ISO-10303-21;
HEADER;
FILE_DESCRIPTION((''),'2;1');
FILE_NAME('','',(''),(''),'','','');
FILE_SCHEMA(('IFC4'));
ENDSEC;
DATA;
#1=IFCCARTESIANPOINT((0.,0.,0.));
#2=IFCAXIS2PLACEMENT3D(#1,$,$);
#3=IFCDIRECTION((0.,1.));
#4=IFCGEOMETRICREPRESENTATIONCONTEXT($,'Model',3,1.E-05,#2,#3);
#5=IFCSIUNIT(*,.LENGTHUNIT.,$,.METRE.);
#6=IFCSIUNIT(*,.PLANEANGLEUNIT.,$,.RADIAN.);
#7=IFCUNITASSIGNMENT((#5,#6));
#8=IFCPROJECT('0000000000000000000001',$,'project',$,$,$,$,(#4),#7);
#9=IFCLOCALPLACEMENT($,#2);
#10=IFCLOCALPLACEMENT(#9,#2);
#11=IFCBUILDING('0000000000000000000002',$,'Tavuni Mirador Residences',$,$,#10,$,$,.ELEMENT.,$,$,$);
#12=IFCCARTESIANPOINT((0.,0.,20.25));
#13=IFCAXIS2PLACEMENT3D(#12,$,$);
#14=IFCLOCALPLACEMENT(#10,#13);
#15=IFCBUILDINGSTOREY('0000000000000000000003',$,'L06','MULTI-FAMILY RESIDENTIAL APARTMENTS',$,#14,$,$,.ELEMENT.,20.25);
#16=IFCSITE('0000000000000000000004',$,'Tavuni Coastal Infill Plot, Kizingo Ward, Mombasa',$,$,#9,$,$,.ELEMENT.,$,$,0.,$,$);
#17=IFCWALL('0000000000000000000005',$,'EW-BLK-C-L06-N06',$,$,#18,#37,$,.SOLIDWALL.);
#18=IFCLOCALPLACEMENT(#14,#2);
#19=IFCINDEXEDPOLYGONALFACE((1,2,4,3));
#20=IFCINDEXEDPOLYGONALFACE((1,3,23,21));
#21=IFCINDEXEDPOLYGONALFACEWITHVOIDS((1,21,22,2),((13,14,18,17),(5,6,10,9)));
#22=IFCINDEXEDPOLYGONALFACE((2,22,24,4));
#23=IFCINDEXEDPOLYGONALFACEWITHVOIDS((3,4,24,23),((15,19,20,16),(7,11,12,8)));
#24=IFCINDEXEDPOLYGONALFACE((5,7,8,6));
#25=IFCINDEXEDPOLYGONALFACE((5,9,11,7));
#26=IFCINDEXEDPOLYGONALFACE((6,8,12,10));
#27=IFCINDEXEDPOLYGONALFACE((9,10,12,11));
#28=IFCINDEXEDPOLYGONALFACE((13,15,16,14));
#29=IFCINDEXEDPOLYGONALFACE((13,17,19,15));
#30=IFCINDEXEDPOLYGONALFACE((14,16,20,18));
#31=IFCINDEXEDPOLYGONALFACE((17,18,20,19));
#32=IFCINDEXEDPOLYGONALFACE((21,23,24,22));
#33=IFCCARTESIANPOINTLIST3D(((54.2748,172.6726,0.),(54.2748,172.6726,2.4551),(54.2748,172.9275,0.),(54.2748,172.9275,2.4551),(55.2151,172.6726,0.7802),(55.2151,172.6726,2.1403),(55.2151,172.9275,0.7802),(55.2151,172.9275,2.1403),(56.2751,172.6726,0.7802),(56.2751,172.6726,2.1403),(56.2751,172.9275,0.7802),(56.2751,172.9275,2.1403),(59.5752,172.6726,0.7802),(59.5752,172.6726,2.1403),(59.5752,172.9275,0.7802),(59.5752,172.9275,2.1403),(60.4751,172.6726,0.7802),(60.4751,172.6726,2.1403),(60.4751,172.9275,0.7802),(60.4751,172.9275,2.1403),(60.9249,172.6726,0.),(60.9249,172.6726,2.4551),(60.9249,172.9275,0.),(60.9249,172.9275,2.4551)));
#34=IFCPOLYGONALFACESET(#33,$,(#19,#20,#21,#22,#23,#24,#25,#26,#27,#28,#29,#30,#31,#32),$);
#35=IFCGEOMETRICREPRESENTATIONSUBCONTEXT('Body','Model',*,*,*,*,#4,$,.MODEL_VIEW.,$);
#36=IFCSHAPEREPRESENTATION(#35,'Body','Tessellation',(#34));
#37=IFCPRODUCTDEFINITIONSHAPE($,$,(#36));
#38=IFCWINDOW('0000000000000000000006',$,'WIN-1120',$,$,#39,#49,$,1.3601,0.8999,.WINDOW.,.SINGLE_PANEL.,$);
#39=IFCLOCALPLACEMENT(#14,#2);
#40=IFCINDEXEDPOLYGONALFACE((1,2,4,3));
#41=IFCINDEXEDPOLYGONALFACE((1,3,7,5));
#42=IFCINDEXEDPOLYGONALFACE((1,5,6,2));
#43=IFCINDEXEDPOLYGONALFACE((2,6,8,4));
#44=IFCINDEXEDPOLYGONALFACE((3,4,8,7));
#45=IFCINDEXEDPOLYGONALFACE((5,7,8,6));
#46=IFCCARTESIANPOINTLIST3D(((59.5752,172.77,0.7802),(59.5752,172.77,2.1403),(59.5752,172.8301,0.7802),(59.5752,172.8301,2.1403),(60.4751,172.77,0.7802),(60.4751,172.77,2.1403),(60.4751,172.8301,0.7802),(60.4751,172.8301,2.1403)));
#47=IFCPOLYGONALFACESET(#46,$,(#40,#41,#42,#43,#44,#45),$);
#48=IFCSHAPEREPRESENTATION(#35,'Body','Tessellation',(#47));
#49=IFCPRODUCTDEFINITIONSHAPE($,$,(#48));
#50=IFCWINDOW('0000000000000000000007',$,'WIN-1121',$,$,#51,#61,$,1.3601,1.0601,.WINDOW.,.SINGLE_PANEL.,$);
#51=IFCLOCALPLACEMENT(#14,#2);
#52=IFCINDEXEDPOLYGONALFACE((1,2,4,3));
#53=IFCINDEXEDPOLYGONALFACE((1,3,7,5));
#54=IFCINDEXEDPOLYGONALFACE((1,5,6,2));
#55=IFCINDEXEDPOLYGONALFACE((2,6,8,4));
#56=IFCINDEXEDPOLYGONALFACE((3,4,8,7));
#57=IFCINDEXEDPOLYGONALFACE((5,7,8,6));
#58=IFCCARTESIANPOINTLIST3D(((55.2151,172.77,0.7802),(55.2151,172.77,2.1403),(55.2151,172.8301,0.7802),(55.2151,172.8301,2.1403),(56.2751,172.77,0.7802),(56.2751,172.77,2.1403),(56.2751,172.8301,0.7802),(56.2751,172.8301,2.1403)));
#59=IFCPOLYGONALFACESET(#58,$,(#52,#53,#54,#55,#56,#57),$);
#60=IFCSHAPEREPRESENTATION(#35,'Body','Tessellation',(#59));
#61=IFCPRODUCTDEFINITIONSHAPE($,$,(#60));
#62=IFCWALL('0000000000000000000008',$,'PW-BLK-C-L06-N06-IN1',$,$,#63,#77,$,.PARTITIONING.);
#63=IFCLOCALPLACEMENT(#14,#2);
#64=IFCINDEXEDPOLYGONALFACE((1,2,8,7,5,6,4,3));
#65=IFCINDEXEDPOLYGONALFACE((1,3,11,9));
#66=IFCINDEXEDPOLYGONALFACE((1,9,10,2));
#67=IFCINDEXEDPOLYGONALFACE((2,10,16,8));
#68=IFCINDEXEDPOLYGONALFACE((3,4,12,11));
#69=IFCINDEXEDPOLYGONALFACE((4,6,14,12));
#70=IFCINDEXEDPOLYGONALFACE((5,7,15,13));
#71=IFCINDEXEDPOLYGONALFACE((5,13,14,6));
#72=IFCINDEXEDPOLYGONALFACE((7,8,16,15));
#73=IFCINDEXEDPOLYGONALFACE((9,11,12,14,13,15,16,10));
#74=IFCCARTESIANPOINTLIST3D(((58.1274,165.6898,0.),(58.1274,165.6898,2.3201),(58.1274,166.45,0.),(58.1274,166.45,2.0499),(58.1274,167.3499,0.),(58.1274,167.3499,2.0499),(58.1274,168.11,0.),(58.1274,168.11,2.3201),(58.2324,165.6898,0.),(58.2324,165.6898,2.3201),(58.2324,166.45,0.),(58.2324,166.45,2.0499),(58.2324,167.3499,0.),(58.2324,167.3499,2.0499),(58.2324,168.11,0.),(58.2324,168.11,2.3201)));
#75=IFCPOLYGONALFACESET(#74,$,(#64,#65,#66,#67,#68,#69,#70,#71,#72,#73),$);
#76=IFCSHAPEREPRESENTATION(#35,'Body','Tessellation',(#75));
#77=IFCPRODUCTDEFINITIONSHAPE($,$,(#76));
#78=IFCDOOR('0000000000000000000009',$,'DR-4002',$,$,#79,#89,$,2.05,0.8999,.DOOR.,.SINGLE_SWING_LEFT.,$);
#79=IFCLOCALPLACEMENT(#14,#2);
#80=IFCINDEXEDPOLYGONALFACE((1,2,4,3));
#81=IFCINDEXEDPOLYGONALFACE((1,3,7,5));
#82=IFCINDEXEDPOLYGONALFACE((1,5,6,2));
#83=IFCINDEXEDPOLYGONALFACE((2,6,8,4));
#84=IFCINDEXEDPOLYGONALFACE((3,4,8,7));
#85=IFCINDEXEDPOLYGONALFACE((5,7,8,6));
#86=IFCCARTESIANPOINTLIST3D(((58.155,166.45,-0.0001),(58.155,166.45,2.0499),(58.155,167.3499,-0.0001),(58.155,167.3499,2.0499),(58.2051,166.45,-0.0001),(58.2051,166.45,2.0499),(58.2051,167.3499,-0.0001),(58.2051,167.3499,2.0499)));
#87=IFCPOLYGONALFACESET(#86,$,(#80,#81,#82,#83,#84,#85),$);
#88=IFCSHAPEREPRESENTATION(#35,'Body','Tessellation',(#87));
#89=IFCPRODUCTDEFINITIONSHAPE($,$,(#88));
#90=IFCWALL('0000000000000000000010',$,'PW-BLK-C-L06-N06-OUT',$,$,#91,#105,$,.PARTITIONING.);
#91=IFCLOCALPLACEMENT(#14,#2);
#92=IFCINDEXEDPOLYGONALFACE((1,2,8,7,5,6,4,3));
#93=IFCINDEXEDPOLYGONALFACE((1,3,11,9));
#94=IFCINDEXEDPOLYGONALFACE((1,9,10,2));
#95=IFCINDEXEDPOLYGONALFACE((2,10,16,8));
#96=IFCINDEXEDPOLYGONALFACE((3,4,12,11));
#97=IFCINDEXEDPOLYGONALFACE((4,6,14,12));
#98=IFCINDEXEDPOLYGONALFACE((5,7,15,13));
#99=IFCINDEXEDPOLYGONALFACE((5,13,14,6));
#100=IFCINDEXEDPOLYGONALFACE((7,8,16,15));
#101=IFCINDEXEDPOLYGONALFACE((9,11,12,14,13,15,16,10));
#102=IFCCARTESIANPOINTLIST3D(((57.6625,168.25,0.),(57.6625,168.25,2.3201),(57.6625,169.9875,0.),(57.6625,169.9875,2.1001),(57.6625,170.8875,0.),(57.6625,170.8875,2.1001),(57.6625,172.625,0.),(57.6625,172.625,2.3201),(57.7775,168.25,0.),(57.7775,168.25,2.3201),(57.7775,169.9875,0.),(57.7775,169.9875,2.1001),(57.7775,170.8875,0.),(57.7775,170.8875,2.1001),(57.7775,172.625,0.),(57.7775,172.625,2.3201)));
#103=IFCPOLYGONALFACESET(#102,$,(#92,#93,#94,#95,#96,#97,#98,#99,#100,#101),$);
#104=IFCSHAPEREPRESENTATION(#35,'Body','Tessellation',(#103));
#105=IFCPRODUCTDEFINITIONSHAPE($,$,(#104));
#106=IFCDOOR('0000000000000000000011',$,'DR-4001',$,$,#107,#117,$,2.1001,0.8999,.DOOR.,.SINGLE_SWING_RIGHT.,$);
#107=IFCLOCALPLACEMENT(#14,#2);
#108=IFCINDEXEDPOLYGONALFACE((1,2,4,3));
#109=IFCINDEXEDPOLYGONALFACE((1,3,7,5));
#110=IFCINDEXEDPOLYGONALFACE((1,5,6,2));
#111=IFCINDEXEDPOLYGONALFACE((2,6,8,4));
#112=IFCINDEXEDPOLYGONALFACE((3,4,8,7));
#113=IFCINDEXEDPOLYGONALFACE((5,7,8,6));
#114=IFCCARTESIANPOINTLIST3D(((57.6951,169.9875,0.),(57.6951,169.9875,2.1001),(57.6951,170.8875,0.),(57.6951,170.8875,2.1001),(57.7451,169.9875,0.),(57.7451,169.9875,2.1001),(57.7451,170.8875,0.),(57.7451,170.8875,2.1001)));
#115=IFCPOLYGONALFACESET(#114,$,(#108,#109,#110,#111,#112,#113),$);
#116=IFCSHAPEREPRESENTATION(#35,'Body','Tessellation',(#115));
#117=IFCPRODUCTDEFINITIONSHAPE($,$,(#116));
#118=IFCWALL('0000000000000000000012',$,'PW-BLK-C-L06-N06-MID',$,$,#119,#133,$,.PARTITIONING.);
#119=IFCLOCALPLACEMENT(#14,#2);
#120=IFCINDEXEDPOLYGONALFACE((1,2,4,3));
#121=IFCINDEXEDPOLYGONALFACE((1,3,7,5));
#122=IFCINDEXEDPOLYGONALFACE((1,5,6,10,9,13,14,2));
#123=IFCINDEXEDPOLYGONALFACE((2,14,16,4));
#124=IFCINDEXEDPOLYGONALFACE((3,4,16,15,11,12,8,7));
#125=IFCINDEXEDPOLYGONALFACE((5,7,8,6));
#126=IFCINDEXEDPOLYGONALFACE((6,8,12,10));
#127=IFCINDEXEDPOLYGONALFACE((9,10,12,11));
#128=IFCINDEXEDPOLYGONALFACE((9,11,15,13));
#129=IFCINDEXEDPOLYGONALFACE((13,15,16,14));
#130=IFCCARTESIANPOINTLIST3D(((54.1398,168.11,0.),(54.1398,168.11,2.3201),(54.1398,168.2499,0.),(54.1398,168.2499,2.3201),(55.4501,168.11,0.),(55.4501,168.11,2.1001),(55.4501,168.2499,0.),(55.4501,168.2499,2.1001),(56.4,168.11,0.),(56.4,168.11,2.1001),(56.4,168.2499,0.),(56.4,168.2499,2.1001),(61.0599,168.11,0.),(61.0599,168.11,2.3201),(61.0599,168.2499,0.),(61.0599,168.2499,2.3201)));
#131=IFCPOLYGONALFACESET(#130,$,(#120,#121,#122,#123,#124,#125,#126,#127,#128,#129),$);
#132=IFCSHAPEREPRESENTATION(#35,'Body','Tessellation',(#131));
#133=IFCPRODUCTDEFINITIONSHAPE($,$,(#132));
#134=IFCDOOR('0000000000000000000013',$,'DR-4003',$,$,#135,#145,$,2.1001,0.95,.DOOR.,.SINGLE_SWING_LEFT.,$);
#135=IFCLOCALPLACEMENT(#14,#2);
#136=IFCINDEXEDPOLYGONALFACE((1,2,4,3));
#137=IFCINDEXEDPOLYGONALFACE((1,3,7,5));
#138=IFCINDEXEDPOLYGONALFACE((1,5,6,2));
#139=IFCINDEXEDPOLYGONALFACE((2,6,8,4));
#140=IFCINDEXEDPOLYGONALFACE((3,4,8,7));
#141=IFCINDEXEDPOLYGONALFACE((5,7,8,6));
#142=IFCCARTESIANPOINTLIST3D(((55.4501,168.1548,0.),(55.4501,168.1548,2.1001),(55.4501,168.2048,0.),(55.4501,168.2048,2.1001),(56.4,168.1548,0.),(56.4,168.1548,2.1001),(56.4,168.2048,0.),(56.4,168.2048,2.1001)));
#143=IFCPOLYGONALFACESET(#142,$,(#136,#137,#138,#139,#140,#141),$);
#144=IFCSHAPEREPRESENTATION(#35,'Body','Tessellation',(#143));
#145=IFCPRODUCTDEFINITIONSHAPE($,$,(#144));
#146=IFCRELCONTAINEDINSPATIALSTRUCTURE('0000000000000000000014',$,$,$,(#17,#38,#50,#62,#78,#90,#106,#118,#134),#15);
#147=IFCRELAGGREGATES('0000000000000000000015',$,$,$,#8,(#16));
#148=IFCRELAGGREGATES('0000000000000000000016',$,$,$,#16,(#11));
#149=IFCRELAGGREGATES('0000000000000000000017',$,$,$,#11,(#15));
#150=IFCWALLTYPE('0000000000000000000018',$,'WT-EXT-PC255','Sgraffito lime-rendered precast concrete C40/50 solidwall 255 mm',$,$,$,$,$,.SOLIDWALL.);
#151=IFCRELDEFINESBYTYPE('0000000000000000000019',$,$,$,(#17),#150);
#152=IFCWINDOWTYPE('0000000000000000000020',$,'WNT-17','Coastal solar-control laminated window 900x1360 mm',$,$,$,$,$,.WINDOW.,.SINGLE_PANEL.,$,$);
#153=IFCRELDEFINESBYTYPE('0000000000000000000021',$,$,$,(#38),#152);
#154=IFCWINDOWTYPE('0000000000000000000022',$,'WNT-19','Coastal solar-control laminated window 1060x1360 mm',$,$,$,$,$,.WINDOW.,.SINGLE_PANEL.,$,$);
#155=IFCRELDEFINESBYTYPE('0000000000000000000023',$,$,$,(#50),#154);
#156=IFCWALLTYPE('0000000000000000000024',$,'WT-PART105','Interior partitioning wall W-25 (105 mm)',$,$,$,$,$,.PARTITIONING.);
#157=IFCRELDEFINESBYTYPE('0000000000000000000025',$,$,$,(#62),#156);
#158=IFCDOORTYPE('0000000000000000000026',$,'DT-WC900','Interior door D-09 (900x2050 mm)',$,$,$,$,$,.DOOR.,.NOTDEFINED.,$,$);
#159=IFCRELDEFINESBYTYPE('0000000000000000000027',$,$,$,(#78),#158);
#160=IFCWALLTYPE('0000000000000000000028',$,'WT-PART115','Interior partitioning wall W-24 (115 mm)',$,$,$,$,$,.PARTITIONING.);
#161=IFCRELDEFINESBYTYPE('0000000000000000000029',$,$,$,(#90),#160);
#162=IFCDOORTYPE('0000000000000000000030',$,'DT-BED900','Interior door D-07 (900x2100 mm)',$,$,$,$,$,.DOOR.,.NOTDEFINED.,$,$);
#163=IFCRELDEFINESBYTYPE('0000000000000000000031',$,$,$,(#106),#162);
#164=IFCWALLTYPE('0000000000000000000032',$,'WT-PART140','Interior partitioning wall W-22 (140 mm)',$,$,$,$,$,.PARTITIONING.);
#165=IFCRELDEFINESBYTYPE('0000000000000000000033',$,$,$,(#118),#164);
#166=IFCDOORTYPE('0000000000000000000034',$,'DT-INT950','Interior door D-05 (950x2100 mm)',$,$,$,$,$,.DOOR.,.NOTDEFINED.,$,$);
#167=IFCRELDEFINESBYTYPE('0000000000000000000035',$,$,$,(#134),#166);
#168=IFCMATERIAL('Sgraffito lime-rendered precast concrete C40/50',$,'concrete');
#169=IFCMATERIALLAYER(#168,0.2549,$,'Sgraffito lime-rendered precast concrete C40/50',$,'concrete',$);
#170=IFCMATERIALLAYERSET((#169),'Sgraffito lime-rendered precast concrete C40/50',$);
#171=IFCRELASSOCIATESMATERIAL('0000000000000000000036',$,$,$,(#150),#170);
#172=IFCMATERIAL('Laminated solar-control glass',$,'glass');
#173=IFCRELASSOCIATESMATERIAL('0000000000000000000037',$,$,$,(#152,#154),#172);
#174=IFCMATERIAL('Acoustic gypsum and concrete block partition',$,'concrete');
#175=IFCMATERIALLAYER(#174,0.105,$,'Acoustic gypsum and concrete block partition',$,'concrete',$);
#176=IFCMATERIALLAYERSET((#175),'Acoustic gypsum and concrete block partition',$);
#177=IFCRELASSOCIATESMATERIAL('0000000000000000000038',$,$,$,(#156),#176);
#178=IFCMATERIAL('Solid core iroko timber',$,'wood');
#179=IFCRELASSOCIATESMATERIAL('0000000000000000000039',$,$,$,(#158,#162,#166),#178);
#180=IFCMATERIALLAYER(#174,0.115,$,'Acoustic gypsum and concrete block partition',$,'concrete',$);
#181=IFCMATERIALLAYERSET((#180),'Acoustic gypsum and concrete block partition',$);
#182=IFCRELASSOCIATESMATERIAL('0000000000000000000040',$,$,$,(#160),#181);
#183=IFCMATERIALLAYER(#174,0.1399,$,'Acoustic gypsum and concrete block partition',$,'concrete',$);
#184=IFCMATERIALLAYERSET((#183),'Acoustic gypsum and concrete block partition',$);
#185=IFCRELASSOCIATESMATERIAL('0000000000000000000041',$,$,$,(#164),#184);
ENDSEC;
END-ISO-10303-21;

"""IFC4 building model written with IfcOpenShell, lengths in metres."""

from ifc_helpers import new_model, si_unit, direction, frame, frame_2d, origin, place, context, subcontext, project, spatial, rectangle, extrude, material, layer, layer_set, type_object, element, fill, save


model = new_model("IFC4")

# Units and contexts
model_context = context("Model", 3, precision=1e-05, world=origin(), true_north=direction((0.0, 1.0)))
body_context = subcontext(model_context, "Body", "Model", "MODEL_VIEW")
ifc_project = project(units=[si_unit("LENGTHUNIT", "METRE"), si_unit("PLANEANGLEUNIT", "RADIAN")], contexts=[model_context])

# Site, building, storey
site_placement = place(None, origin())
site = spatial("IfcSite", under=ifc_project, at=site_placement, Name="Tavuni Coastal Infill Plot, Kizingo Ward, Mombasa", CompositionType="ELEMENT", RefElevation=0.0)
building_placement = place(site_placement, origin())
building = spatial("IfcBuilding", under=site, at=building_placement, Name="Tavuni Mirador Residences", CompositionType="ELEMENT")
storey_placement = place(building_placement, frame((0.0, 0.0, 20.25)))
storey = spatial("IfcBuildingStorey", under=building, at=storey_placement, Name="L06", Description="MULTI-FAMILY RESIDENTIAL APARTMENTS", CompositionType="ELEMENT", Elevation=20.25)

# Shared definitions
ifc_material_1 = material(Name="Solid core iroko timber", Category="wood")

# Wall, openings, windows
ifc_material_2 = material(Name="Sgraffito lime-rendered precast concrete C40/50", Category="concrete")
ifc_layer_1 = layer(ifc_material_2, 0.2549, Name="Sgraffito lime-rendered precast concrete C40/50", Category="concrete")
ifc_layer_set_1 = layer_set([ifc_layer_1], Name="Sgraffito lime-rendered precast concrete C40/50")
wall_type_1 = type_object("IfcWallType", Name="WT-EXT-PC255", Description="Sgraffito lime-rendered precast concrete C40/50 solidwall 255 mm", PredefinedType="SOLIDWALL", material=ifc_layer_set_1)
wall_1_placement = place(storey_placement, frame((60.925, 172.8, 0.0), z_axis=(0.0, 0.0, 1.0), x_axis=(-1.0, 0.0, 0.0)))
wall_1 = element("IfcWall", 1, at=wall_1_placement, inside=storey, type_object=wall_type_1, Name="EW-BLK-C-L06-N06", PredefinedType="SOLIDWALL", context=body_context, shape_type="SweptSolid", body=[
    extrude(rectangle(XDim=6.6501, YDim=0.2549, at=frame_2d((3.3252, 0.0))), origin(), (0.0, 0.0, 1.0), 2.4551),
])
opening_1_placement = place(wall_1_placement, frame((0.45, 0.0, 0.78)))
opening_1 = element("IfcOpeningElement", 2, at=opening_1_placement, cuts=wall_1, PredefinedType="OPENING", context=body_context, shape_type="SweptSolid", body=[
    extrude(rectangle(XDim=0.8999, YDim=1.3601, at=frame_2d((0.45, 0.6802))), frame((0.0, 0.1375, 0.0), z_axis=(0.0, -1.0, 0.0), x_axis=(1.0, 0.0, 0.0)), (0.0, 0.0, 1.0), 0.2749),
])
opening_2_placement = place(wall_1_placement, frame((4.6499, 0.0, 0.78)))
opening_2 = element("IfcOpeningElement", 3, at=opening_2_placement, cuts=wall_1, PredefinedType="OPENING", context=body_context, shape_type="SweptSolid", body=[
    extrude(rectangle(XDim=1.0601, YDim=1.3601, at=frame_2d((0.53, 0.6802))), frame((0.0, 0.1375, 0.0), z_axis=(0.0, -1.0, 0.0), x_axis=(1.0, 0.0, 0.0)), (0.0, 0.0, 1.0), 0.2749),
])
ifc_material_3 = material(Name="Laminated solar-control glass", Category="glass")
window_type_1 = type_object("IfcWindowType", Name="WNT-17", Description="Coastal solar-control laminated window 900x1360 mm", PartitioningType="SINGLE_PANEL", PredefinedType="WINDOW", material=ifc_material_3)
window_1_placement = place(opening_1_placement, origin())
window_1 = element("IfcWindow", 4, at=window_1_placement, inside=storey, type_object=window_type_1, Name="WIN-1120", OverallHeight=1.3601, OverallWidth=0.8999, PartitioningType="SINGLE_PANEL", PredefinedType="WINDOW", context=body_context, shape_type="SweptSolid", body=[
    extrude(rectangle(XDim=0.8999, YDim=1.3601, at=frame_2d((0.45, 0.6802))), frame((0.0, 0.03, 0.0), z_axis=(0.0, -1.0, 0.0), x_axis=(1.0, 0.0, 0.0)), (0.0, 0.0, 1.0), 0.0601),
])
fill(opening_1, window_1)
window_type_2 = type_object("IfcWindowType", Name="WNT-19", Description="Coastal solar-control laminated window 1060x1360 mm", PartitioningType="SINGLE_PANEL", PredefinedType="WINDOW", material=ifc_material_3)
window_2_placement = place(opening_2_placement, origin())
window_2 = element("IfcWindow", 5, at=window_2_placement, inside=storey, type_object=window_type_2, Name="WIN-1121", OverallHeight=1.3601, OverallWidth=1.0601, PartitioningType="SINGLE_PANEL", PredefinedType="WINDOW", context=body_context, shape_type="SweptSolid", body=[
    extrude(rectangle(XDim=1.0601, YDim=1.3601, at=frame_2d((0.53, 0.6802))), frame((0.0, 0.03, 0.0), z_axis=(0.0, -1.0, 0.0), x_axis=(1.0, 0.0, 0.0)), (0.0, 0.0, 1.0), 0.0601),
])
fill(opening_2, window_2)

# Walls, openings, doors
ifc_material_4 = material(Name="Acoustic gypsum and concrete block partition", Category="concrete")
ifc_layer_2 = layer(ifc_material_4, 0.105, Name="Acoustic gypsum and concrete block partition", Category="concrete")
ifc_layer_set_2 = layer_set([ifc_layer_2], Name="Acoustic gypsum and concrete block partition")
wall_type_2 = type_object("IfcWallType", Name="WT-PART105", Description="Interior partitioning wall W-25 (105 mm)", PredefinedType="PARTITIONING", material=ifc_layer_set_2)
wall_2_placement = place(storey_placement, frame((58.1799, 165.6899, 0.0), z_axis=(0.0, 0.0, 1.0), x_axis=(0.0, 1.0, 0.0)))
wall_2 = element("IfcWall", 6, at=wall_2_placement, inside=storey, type_object=wall_type_2, Name="PW-BLK-C-L06-N06-IN1", PredefinedType="PARTITIONING", context=body_context, shape_type="SweptSolid", body=[
    extrude(rectangle(XDim=2.4202, YDim=0.105, at=frame_2d((1.21, 0.0))), origin(), (0.0, 0.0, 1.0), 2.3201),
])
opening_3_placement = place(wall_2_placement, frame((0.76, 0.0, 0.0)))
opening_3 = element("IfcOpeningElement", 7, at=opening_3_placement, cuts=wall_2, PredefinedType="OPENING", context=body_context, shape_type="SweptSolid", body=[
    extrude(rectangle(XDim=0.8999, YDim=2.05, at=frame_2d((0.45, 1.0249))), frame((0.0, 0.0625, 0.0), z_axis=(0.0, -1.0, 0.0), x_axis=(1.0, 0.0, 0.0)), (0.0, 0.0, 1.0), 0.125),
])
door_type_1 = type_object("IfcDoorType", Name="DT-WC900", Description="Interior door D-09 (900x2050 mm)", OperationType="NOTDEFINED", PredefinedType="DOOR", material=ifc_material_1)
door_1_placement = place(opening_3_placement, origin())
door_1 = element("IfcDoor", 8, at=door_1_placement, inside=storey, type_object=door_type_1, Name="DR-4002", OperationType="SINGLE_SWING_LEFT", OverallHeight=2.05, OverallWidth=0.8999, PredefinedType="DOOR", context=body_context, shape_type="SweptSolid", body=[
    extrude(rectangle(XDim=0.8999, YDim=2.05, at=frame_2d((0.45, 1.0249))), frame((0.0, 0.0249, 0.0), z_axis=(0.0, -1.0, 0.0), x_axis=(1.0, 0.0, 0.0)), (0.0, 0.0, 1.0), 0.05),
])
fill(opening_3, door_1)
ifc_layer_3 = layer(ifc_material_4, 0.115, Name="Acoustic gypsum and concrete block partition", Category="concrete")
ifc_layer_set_3 = layer_set([ifc_layer_3], Name="Acoustic gypsum and concrete block partition")
wall_type_3 = type_object("IfcWallType", Name="WT-PART115", Description="Interior partitioning wall W-24 (115 mm)", PredefinedType="PARTITIONING", material=ifc_layer_set_3)
wall_3_placement = place(storey_placement, frame((57.72, 168.25, 0.0), z_axis=(0.0, 0.0, 1.0), x_axis=(0.0, 1.0, 0.0)))
wall_3 = element("IfcWall", 9, at=wall_3_placement, inside=storey, type_object=wall_type_3, Name="PW-BLK-C-L06-N06-OUT", PredefinedType="PARTITIONING", context=body_context, shape_type="SweptSolid", body=[
    extrude(rectangle(XDim=4.375, YDim=0.115, at=frame_2d((2.1875, 0.0))), origin(), (0.0, 0.0, 1.0), 2.3201),
])
opening_4_placement = place(wall_3_placement, frame((1.7375, 0.0, 0.0)))
opening_4 = element("IfcOpeningElement", 10, at=opening_4_placement, cuts=wall_3, PredefinedType="OPENING", context=body_context, shape_type="SweptSolid", body=[
    extrude(rectangle(XDim=0.8999, YDim=2.1001, at=frame_2d((0.45, 1.05))), frame((0.0, 0.0674, 0.0), z_axis=(0.0, -1.0, 0.0), x_axis=(1.0, 0.0, 0.0)), (0.0, 0.0, 1.0), 0.135),
])
door_type_2 = type_object("IfcDoorType", Name="DT-BED900", Description="Interior door D-07 (900x2100 mm)", OperationType="NOTDEFINED", PredefinedType="DOOR", material=ifc_material_1)
door_2_placement = place(opening_4_placement, origin())
door_2 = element("IfcDoor", 11, at=door_2_placement, inside=storey, type_object=door_type_2, Name="DR-4001", OperationType="SINGLE_SWING_RIGHT", OverallHeight=2.1001, OverallWidth=0.8999, PredefinedType="DOOR", context=body_context, shape_type="SweptSolid", body=[
    extrude(rectangle(XDim=0.8999, YDim=2.1001, at=frame_2d((0.45, 1.05))), frame((0.0, 0.0249, 0.0), z_axis=(0.0, -1.0, 0.0), x_axis=(1.0, 0.0, 0.0)), (0.0, 0.0, 1.0), 0.05),
])
fill(opening_4, door_2)
ifc_layer_4 = layer(ifc_material_4, 0.1399, Name="Acoustic gypsum and concrete block partition", Category="concrete")
ifc_layer_set_4 = layer_set([ifc_layer_4], Name="Acoustic gypsum and concrete block partition")
wall_type_4 = type_object("IfcWallType", Name="WT-PART140", Description="Interior partitioning wall W-22 (140 mm)", PredefinedType="PARTITIONING", material=ifc_layer_set_4)
wall_4_placement = place(storey_placement, frame((54.1399, 168.1799, 0.0), z_axis=(0.0, 0.0, 1.0), x_axis=(1.0, 0.0, 0.0)))
wall_4 = element("IfcWall", 12, at=wall_4_placement, inside=storey, type_object=wall_type_4, Name="PW-BLK-C-L06-N06-MID", PredefinedType="PARTITIONING", context=body_context, shape_type="SweptSolid", body=[
    extrude(rectangle(XDim=6.9202, YDim=0.1399, at=frame_2d((3.46, 0.0))), origin(), (0.0, 0.0, 1.0), 2.3201),
])
opening_5_placement = place(wall_4_placement, frame((1.3101, 0.0, 0.0)))
opening_5 = element("IfcOpeningElement", 13, at=opening_5_placement, cuts=wall_4, PredefinedType="OPENING", context=body_context, shape_type="SweptSolid", body=[
    extrude(rectangle(XDim=0.95, YDim=2.1001, at=frame_2d((0.4751, 1.05))), frame((0.0, 0.0801, 0.0), z_axis=(0.0, -1.0, 0.0), x_axis=(1.0, 0.0, 0.0)), (0.0, 0.0, 1.0), 0.1599),
])
door_type_3 = type_object("IfcDoorType", Name="DT-INT950", Description="Interior door D-05 (950x2100 mm)", OperationType="NOTDEFINED", PredefinedType="DOOR", material=ifc_material_1)
door_3_placement = place(opening_5_placement, origin())
door_3 = element("IfcDoor", 14, at=door_3_placement, inside=storey, type_object=door_type_3, Name="DR-4003", OperationType="SINGLE_SWING_LEFT", OverallHeight=2.1001, OverallWidth=0.95, PredefinedType="DOOR", context=body_context, shape_type="SweptSolid", body=[
    extrude(rectangle(XDim=0.95, YDim=2.1001, at=frame_2d((0.4751, 1.05))), frame((0.0, 0.0249, 0.0), z_axis=(0.0, -1.0, 0.0), x_axis=(1.0, 0.0, 0.0)), (0.0, 0.0, 1.0), 0.05),
])
fill(opening_5, door_3)

save(model, "model.ifc")
